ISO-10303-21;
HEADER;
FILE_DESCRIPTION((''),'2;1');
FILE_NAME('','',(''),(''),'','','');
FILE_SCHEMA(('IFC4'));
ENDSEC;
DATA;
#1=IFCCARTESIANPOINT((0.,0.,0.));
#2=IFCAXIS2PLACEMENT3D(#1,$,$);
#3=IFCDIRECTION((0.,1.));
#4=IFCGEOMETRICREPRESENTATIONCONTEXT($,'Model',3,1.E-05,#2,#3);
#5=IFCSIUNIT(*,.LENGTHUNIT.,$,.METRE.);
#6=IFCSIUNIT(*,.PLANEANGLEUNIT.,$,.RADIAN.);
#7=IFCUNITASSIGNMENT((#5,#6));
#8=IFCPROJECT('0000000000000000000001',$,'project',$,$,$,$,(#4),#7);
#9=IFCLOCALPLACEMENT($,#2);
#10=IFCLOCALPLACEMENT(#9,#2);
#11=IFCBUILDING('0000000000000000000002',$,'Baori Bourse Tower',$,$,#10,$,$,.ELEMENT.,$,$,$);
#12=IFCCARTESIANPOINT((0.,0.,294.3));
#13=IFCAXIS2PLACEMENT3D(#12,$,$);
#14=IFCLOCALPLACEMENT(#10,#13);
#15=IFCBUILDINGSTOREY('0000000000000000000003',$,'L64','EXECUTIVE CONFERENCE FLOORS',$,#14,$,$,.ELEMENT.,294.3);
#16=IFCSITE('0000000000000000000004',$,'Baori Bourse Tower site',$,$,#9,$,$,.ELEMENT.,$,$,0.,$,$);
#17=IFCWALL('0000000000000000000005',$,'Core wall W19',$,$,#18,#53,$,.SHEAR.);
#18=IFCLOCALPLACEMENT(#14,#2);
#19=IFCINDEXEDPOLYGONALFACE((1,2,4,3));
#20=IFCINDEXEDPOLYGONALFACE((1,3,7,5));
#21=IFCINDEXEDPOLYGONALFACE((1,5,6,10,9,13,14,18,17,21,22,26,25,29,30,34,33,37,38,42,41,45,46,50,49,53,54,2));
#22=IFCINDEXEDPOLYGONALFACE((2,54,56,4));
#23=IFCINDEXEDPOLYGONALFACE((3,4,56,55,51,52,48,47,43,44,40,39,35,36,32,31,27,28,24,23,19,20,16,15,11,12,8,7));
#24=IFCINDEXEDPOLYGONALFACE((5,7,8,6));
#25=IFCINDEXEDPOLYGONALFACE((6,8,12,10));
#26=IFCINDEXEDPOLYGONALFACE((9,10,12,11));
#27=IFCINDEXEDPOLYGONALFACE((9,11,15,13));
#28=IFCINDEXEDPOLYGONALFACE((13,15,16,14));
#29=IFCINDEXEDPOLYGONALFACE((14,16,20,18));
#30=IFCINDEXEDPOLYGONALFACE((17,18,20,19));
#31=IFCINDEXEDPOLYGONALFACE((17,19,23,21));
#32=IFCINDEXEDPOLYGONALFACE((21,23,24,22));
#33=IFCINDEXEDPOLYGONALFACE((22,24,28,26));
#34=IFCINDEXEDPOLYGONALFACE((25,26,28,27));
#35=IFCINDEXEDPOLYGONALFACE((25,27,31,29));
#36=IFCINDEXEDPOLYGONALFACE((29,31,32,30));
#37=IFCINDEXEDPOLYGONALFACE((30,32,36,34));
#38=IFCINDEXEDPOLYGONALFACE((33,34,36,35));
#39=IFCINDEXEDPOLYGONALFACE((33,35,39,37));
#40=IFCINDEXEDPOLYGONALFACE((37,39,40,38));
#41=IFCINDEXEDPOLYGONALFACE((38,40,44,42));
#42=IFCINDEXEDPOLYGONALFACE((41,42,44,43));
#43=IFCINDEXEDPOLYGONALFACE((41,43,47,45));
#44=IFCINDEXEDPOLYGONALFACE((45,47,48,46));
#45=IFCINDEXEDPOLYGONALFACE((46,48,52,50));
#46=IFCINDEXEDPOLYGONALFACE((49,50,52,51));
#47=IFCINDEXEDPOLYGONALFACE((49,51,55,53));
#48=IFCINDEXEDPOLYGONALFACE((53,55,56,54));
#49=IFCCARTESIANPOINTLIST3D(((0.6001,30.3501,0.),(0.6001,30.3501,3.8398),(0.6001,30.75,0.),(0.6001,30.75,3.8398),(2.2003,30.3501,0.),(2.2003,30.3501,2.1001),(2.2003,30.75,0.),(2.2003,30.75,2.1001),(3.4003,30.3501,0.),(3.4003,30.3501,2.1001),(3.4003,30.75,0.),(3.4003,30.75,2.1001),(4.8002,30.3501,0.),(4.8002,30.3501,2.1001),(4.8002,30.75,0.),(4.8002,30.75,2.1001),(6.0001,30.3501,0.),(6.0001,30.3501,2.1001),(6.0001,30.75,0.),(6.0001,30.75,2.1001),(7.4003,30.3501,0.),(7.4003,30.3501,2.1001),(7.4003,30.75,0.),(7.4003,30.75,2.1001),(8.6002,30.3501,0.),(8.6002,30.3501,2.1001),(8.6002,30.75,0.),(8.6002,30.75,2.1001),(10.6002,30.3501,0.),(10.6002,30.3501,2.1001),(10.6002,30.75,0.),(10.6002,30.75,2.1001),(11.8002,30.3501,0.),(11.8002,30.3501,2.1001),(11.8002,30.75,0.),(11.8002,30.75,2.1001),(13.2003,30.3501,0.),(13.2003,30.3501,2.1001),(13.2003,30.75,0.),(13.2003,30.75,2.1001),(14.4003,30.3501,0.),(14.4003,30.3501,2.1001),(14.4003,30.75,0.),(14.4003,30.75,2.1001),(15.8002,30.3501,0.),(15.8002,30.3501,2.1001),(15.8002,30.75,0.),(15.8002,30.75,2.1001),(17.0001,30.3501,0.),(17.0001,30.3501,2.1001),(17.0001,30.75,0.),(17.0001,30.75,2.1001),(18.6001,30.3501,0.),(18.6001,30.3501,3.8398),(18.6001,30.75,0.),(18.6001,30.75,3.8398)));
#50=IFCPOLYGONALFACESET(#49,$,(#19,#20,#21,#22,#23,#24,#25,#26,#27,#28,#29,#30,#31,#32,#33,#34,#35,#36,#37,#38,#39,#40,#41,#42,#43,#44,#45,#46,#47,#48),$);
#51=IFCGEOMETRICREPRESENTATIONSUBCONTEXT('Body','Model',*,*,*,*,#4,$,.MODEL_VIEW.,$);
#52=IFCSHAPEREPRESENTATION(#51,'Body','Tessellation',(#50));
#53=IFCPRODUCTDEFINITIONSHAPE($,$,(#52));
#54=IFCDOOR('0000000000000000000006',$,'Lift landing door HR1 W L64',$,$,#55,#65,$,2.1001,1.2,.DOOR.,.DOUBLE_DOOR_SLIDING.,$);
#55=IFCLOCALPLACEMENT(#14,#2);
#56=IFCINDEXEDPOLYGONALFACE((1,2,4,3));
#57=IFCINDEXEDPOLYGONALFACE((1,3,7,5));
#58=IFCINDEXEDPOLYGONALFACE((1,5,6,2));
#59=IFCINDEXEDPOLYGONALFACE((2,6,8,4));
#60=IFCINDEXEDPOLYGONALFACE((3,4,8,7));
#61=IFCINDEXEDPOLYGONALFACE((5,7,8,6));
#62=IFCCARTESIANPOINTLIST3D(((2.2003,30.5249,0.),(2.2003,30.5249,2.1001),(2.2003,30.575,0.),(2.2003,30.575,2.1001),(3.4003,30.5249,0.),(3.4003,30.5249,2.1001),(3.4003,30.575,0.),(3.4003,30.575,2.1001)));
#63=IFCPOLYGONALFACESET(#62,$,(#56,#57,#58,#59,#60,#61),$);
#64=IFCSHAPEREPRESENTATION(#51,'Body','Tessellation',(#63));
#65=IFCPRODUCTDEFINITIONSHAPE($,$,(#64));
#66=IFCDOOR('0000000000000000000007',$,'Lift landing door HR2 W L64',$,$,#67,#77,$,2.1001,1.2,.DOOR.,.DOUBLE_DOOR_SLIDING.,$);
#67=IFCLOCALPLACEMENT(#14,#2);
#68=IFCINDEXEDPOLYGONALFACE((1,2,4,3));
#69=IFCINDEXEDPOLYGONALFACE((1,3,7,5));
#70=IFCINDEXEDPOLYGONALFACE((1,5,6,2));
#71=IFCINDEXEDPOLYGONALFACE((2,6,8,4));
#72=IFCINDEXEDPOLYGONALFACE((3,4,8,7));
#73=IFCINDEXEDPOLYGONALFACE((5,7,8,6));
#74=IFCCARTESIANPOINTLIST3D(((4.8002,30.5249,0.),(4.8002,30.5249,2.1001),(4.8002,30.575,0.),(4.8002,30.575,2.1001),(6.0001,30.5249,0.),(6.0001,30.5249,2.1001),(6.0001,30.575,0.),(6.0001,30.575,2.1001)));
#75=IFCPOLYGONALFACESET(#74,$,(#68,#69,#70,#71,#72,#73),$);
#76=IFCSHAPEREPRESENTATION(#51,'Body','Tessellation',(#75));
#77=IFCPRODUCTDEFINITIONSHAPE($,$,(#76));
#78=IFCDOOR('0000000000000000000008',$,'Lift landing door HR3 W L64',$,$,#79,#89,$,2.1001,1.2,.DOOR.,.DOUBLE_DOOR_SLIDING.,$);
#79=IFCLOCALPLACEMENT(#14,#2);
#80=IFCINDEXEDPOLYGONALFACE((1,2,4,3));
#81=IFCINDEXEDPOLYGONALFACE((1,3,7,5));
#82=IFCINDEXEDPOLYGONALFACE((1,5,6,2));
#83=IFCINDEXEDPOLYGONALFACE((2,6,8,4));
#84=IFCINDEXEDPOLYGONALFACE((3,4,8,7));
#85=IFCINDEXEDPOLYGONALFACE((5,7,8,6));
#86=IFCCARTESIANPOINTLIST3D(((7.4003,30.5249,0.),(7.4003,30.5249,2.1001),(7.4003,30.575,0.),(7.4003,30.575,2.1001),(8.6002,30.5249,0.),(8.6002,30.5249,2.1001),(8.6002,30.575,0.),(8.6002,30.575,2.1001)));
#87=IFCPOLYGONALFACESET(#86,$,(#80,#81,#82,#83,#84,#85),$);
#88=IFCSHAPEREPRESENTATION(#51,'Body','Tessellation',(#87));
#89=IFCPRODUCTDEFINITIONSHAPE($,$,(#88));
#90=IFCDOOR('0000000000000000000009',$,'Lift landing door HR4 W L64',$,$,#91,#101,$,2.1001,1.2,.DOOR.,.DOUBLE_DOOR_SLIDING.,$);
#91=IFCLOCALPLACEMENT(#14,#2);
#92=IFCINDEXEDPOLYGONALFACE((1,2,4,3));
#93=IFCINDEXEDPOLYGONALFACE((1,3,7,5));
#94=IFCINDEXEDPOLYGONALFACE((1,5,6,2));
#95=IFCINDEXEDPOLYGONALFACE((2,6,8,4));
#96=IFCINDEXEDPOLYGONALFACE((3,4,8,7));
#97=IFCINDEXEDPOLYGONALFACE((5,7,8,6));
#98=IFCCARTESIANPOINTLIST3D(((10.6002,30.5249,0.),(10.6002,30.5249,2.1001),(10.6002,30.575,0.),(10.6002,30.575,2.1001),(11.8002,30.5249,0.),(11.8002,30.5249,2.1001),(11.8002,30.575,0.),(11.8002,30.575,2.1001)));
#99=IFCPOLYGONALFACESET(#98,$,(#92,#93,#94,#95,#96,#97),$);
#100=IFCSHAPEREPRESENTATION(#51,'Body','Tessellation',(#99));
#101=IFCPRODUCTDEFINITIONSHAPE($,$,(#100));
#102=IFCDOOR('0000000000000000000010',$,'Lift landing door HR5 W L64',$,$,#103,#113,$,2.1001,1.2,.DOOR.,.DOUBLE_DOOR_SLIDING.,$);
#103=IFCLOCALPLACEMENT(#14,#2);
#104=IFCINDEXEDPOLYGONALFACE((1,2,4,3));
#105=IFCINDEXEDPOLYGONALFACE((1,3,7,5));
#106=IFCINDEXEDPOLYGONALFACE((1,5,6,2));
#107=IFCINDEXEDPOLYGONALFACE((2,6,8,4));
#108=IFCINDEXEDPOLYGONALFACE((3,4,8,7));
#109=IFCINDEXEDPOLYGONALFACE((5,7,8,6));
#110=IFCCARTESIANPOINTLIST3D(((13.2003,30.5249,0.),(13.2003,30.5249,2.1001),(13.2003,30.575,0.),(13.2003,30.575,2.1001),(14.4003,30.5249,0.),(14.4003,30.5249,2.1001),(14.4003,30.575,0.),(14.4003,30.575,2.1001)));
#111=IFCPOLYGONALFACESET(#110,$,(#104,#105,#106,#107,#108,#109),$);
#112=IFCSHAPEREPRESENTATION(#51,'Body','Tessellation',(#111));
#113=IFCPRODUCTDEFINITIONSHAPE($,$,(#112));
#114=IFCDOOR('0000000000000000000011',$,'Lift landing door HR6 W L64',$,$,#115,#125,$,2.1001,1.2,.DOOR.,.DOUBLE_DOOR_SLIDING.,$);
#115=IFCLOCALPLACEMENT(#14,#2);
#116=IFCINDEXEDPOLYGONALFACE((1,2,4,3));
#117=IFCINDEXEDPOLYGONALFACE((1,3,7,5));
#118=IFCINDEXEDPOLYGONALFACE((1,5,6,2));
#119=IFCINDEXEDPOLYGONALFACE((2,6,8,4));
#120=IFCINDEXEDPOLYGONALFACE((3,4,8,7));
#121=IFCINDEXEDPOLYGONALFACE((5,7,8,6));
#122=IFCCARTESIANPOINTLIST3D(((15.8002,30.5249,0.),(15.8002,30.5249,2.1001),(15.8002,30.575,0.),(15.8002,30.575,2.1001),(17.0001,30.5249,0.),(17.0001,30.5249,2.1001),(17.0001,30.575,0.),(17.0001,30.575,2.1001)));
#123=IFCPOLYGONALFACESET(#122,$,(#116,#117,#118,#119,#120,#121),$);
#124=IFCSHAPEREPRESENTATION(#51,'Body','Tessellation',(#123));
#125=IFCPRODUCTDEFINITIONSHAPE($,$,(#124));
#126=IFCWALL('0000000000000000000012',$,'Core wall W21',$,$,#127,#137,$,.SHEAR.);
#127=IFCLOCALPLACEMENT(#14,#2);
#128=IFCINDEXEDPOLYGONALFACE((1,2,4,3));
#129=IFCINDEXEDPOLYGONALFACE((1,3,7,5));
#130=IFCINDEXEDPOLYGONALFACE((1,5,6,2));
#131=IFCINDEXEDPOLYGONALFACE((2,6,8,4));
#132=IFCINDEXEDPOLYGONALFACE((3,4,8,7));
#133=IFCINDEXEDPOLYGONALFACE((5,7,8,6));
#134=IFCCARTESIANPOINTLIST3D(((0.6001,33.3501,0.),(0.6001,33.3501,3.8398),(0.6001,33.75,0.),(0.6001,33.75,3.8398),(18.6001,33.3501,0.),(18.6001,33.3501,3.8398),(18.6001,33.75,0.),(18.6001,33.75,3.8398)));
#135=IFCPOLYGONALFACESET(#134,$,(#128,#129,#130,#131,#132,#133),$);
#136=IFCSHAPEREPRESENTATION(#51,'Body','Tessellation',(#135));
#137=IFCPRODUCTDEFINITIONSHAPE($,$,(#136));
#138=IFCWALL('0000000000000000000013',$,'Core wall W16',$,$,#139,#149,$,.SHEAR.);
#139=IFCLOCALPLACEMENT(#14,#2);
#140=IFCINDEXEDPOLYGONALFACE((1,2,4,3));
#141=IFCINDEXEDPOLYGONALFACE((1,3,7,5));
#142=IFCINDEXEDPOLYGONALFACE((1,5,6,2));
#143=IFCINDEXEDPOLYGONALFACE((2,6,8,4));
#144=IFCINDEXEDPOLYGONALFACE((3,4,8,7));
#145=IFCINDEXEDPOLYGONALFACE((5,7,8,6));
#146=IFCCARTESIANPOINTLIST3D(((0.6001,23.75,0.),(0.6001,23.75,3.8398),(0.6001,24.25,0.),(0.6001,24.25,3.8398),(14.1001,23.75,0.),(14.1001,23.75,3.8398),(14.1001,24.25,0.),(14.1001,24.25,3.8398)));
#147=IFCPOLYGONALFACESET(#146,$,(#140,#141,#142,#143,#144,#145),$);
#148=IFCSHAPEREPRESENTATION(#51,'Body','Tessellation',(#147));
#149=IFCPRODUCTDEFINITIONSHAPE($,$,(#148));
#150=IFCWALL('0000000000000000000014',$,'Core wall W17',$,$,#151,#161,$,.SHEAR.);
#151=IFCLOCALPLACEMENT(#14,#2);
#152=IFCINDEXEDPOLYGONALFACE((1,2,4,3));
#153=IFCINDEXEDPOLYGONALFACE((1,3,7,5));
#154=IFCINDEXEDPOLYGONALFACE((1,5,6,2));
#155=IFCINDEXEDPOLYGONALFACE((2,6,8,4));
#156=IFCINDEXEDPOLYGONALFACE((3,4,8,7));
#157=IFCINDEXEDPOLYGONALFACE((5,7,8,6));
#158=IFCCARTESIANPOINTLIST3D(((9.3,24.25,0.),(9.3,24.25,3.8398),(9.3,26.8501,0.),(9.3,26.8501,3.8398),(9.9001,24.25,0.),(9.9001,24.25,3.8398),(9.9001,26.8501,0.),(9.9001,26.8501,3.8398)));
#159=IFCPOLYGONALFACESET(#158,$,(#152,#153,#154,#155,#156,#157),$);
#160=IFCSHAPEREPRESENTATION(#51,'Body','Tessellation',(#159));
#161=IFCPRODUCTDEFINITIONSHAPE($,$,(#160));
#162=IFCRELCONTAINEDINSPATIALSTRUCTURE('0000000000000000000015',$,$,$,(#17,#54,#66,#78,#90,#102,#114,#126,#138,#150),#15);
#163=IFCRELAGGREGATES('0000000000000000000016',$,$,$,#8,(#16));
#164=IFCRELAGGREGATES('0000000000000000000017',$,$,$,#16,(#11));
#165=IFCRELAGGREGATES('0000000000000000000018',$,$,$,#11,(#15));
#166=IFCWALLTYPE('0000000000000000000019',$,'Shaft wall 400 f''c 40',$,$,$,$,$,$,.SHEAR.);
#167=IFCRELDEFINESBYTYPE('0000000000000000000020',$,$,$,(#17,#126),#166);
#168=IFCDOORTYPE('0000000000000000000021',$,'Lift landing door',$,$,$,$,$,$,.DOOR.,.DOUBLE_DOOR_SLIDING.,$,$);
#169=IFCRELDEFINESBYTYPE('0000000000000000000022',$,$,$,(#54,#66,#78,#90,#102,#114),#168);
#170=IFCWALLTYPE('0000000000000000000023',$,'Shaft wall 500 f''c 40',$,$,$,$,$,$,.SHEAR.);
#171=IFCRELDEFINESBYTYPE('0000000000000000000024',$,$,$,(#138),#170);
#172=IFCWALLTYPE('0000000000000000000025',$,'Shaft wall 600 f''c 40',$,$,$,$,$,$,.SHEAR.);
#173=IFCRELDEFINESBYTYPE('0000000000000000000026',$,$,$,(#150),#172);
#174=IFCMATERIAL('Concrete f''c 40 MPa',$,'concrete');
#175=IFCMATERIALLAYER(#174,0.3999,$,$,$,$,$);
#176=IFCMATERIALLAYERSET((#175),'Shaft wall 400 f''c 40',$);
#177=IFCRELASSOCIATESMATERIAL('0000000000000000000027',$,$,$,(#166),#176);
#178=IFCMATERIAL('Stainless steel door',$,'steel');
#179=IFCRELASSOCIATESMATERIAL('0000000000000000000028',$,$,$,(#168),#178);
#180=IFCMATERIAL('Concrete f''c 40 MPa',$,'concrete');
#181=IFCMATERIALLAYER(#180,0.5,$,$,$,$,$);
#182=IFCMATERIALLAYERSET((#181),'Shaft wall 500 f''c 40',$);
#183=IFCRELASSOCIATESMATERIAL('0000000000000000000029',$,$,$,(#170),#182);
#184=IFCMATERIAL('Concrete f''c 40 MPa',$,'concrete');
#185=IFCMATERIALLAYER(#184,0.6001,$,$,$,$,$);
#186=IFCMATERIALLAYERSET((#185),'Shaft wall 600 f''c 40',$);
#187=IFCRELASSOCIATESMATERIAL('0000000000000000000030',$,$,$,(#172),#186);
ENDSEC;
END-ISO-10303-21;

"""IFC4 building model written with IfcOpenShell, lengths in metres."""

from ifc_helpers import new_model, si_unit, direction, frame, frame_2d, origin, place, context, subcontext, project, spatial, rectangle, extrude, material, layer, layer_set, type_object, element, fill, save


model = new_model("IFC4")

# Units and contexts
model_context = context("Model", 3, precision=1e-05, world=origin(), true_north=direction((0.0, 1.0)))
body_context = subcontext(model_context, "Body", "Model", "MODEL_VIEW")
ifc_project = project(units=[si_unit("LENGTHUNIT", "METRE"), si_unit("PLANEANGLEUNIT", "RADIAN")], contexts=[model_context])

# Site, building, storey
site_placement = place(None, origin())
site = spatial("IfcSite", under=ifc_project, at=site_placement, Name="Baori Bourse Tower site", CompositionType="ELEMENT", RefElevation=0.0)
building_placement = place(site_placement, origin())
building = spatial("IfcBuilding", under=site, at=building_placement, Name="Baori Bourse Tower", CompositionType="ELEMENT")
storey_placement = place(building_placement, frame((0.0, 0.0, 294.3)))
storey = spatial("IfcBuildingStorey", under=building, at=storey_placement, Name="L64", Description="EXECUTIVE CONFERENCE FLOORS", CompositionType="ELEMENT", Elevation=294.3)

# Wall, openings, doors
ifc_material_1 = material(Name="Concrete f'c 40 MPa", Category="concrete")
ifc_layer_1 = layer(ifc_material_1, 0.3999)
ifc_layer_set_1 = layer_set([ifc_layer_1], Name="Shaft wall 400 f'c 40")
wall_type_1 = type_object("IfcWallType", Name="Shaft wall 400 f'c 40", PredefinedType="SHEAR", material=ifc_layer_set_1)
ifc_material_2 = material(Name="Stainless steel door", Category="steel")
door_type_1 = type_object("IfcDoorType", Name="Lift landing door", OperationType="DOUBLE_DOOR_SLIDING", PredefinedType="DOOR", material=ifc_material_2)
wall_1_placement = place(storey_placement, frame((0.6001, 30.55, 0.0), z_axis=(0.0, 0.0, 1.0), x_axis=(1.0, 0.0, 0.0)))
wall_1 = element("IfcWall", 1, at=wall_1_placement, inside=storey, type_object=wall_type_1, Name="Core wall W19", PredefinedType="SHEAR", context=body_context, shape_type="SweptSolid", body=[
    extrude(rectangle(XDim=18.0, YDim=0.3999, at=frame_2d((9.0, 0.0))), origin(), (0.0, 0.0, 1.0), 3.8398),
])
opening_1_placement = place(wall_1_placement, frame((1.6001, 0.0, 0.0)))
opening_1 = element("IfcOpeningElement", 2, at=opening_1_placement, cuts=wall_1, PredefinedType="OPENING", context=body_context, shape_type="SweptSolid", body=[
    extrude(rectangle(XDim=1.2, YDim=2.1001, at=frame_2d((0.6001, 1.05))), frame((0.0, 0.21, 0.0), z_axis=(0.0, -1.0, 0.0), x_axis=(1.0, 0.0, 0.0)), (0.0, 0.0, 1.0), 0.4199),
])
opening_2_placement = place(wall_1_placement, frame((4.2, 0.0, 0.0)))
opening_2 = element("IfcOpeningElement", 3, at=opening_2_placement, cuts=wall_1, PredefinedType="OPENING", context=body_context, shape_type="SweptSolid", body=[
    extrude(rectangle(XDim=1.2, YDim=2.1001, at=frame_2d((0.6001, 1.05))), frame((0.0, 0.21, 0.0), z_axis=(0.0, -1.0, 0.0), x_axis=(1.0, 0.0, 0.0)), (0.0, 0.0, 1.0), 0.4199),
])
opening_3_placement = place(wall_1_placement, frame((6.8, 0.0, 0.0)))
opening_3 = element("IfcOpeningElement", 4, at=opening_3_placement, cuts=wall_1, PredefinedType="OPENING", context=body_context, shape_type="SweptSolid", body=[
    extrude(rectangle(XDim=1.2, YDim=2.1001, at=frame_2d((0.6001, 1.05))), frame((0.0, 0.21, 0.0), z_axis=(0.0, -1.0, 0.0), x_axis=(1.0, 0.0, 0.0)), (0.0, 0.0, 1.0), 0.4199),
])
opening_4_placement = place(wall_1_placement, frame((10.0, 0.0, 0.0)))
opening_4 = element("IfcOpeningElement", 5, at=opening_4_placement, cuts=wall_1, PredefinedType="OPENING", context=body_context, shape_type="SweptSolid", body=[
    extrude(rectangle(XDim=1.2, YDim=2.1001, at=frame_2d((0.6001, 1.05))), frame((0.0, 0.21, 0.0), z_axis=(0.0, -1.0, 0.0), x_axis=(1.0, 0.0, 0.0)), (0.0, 0.0, 1.0), 0.4199),
])
opening_5_placement = place(wall_1_placement, frame((12.6001, 0.0, 0.0)))
opening_5 = element("IfcOpeningElement", 6, at=opening_5_placement, cuts=wall_1, PredefinedType="OPENING", context=body_context, shape_type="SweptSolid", body=[
    extrude(rectangle(XDim=1.2, YDim=2.1001, at=frame_2d((0.6001, 1.05))), frame((0.0, 0.21, 0.0), z_axis=(0.0, -1.0, 0.0), x_axis=(1.0, 0.0, 0.0)), (0.0, 0.0, 1.0), 0.4199),
])
opening_6_placement = place(wall_1_placement, frame((15.2, 0.0, 0.0)))
opening_6 = element("IfcOpeningElement", 7, at=opening_6_placement, cuts=wall_1, PredefinedType="OPENING", context=body_context, shape_type="SweptSolid", body=[
    extrude(rectangle(XDim=1.2, YDim=2.1001, at=frame_2d((0.6001, 1.05))), frame((0.0, 0.21, 0.0), z_axis=(0.0, -1.0, 0.0), x_axis=(1.0, 0.0, 0.0)), (0.0, 0.0, 1.0), 0.4199),
])
door_1_placement = place(opening_1_placement, origin())
door_1 = element("IfcDoor", 8, at=door_1_placement, inside=storey, type_object=door_type_1, Name="Lift landing door HR1 W L64", OperationType="DOUBLE_DOOR_SLIDING", OverallHeight=2.1001, OverallWidth=1.2, PredefinedType="DOOR", context=body_context, shape_type="SweptSolid", body=[
    extrude(rectangle(XDim=1.2, YDim=2.1001, at=frame_2d((0.6001, 1.05))), frame((0.0, 0.0249, 0.0), z_axis=(0.0, -1.0, 0.0), x_axis=(1.0, 0.0, 0.0)), (0.0, 0.0, 1.0), 0.05),
])
fill(opening_1, door_1)
door_2_placement = place(opening_2_placement, origin())
door_2 = element("IfcDoor", 9, at=door_2_placement, inside=storey, type_object=door_type_1, Name="Lift landing door HR2 W L64", OperationType="DOUBLE_DOOR_SLIDING", OverallHeight=2.1001, OverallWidth=1.2, PredefinedType="DOOR", context=body_context, shape_type="SweptSolid", body=[
    extrude(rectangle(XDim=1.2, YDim=2.1001, at=frame_2d((0.6001, 1.05))), frame((0.0, 0.0249, 0.0), z_axis=(0.0, -1.0, 0.0), x_axis=(1.0, 0.0, 0.0)), (0.0, 0.0, 1.0), 0.05),
])
fill(opening_2, door_2)
door_3_placement = place(opening_3_placement, origin())
door_3 = element("IfcDoor", 10, at=door_3_placement, inside=storey, type_object=door_type_1, Name="Lift landing door HR3 W L64", OperationType="DOUBLE_DOOR_SLIDING", OverallHeight=2.1001, OverallWidth=1.2, PredefinedType="DOOR", context=body_context, shape_type="SweptSolid", body=[
    extrude(rectangle(XDim=1.2, YDim=2.1001, at=frame_2d((0.6001, 1.05))), frame((0.0, 0.0249, 0.0), z_axis=(0.0, -1.0, 0.0), x_axis=(1.0, 0.0, 0.0)), (0.0, 0.0, 1.0), 0.05),
])
fill(opening_3, door_3)
door_4_placement = place(opening_4_placement, origin())
door_4 = element("IfcDoor", 11, at=door_4_placement, inside=storey, type_object=door_type_1, Name="Lift landing door HR4 W L64", OperationType="DOUBLE_DOOR_SLIDING", OverallHeight=2.1001, OverallWidth=1.2, PredefinedType="DOOR", context=body_context, shape_type="SweptSolid", body=[
    extrude(rectangle(XDim=1.2, YDim=2.1001, at=frame_2d((0.6001, 1.05))), frame((0.0, 0.0249, 0.0), z_axis=(0.0, -1.0, 0.0), x_axis=(1.0, 0.0, 0.0)), (0.0, 0.0, 1.0), 0.05),
])
fill(opening_4, door_4)
door_5_placement = place(opening_5_placement, origin())
door_5 = element("IfcDoor", 12, at=door_5_placement, inside=storey, type_object=door_type_1, Name="Lift landing door HR5 W L64", OperationType="DOUBLE_DOOR_SLIDING", OverallHeight=2.1001, OverallWidth=1.2, PredefinedType="DOOR", context=body_context, shape_type="SweptSolid", body=[
    extrude(rectangle(XDim=1.2, YDim=2.1001, at=frame_2d((0.6001, 1.05))), frame((0.0, 0.0249, 0.0), z_axis=(0.0, -1.0, 0.0), x_axis=(1.0, 0.0, 0.0)), (0.0, 0.0, 1.0), 0.05),
])
fill(opening_5, door_5)
door_6_placement = place(opening_6_placement, origin())
door_6 = element("IfcDoor", 13, at=door_6_placement, inside=storey, type_object=door_type_1, Name="Lift landing door HR6 W L64", OperationType="DOUBLE_DOOR_SLIDING", OverallHeight=2.1001, OverallWidth=1.2, PredefinedType="DOOR", context=body_context, shape_type="SweptSolid", body=[
    extrude(rectangle(XDim=1.2, YDim=2.1001, at=frame_2d((0.6001, 1.05))), frame((0.0, 0.0249, 0.0), z_axis=(0.0, -1.0, 0.0), x_axis=(1.0, 0.0, 0.0)), (0.0, 0.0, 1.0), 0.05),
])
fill(opening_6, door_6)

# Walls
wall_2_placement = place(storey_placement, frame((0.6001, 33.55, 0.0), z_axis=(0.0, 0.0, 1.0), x_axis=(1.0, 0.0, 0.0)))
element("IfcWall", 14, at=wall_2_placement, inside=storey, type_object=wall_type_1, Name="Core wall W21", PredefinedType="SHEAR", context=body_context, shape_type="SweptSolid", body=[
    extrude(rectangle(XDim=18.0, YDim=0.3999, at=frame_2d((9.0, 0.0))), origin(), (0.0, 0.0, 1.0), 3.8398),
])
ifc_material_3 = material(Name="Concrete f'c 40 MPa", Category="concrete")
ifc_layer_2 = layer(ifc_material_3, 0.5)
ifc_layer_set_2 = layer_set([ifc_layer_2], Name="Shaft wall 500 f'c 40")
wall_type_2 = type_object("IfcWallType", Name="Shaft wall 500 f'c 40", PredefinedType="SHEAR", material=ifc_layer_set_2)
wall_3_placement = place(storey_placement, frame((0.6001, 24.0, 0.0), z_axis=(0.0, 0.0, 1.0), x_axis=(1.0, 0.0, 0.0)))
element("IfcWall", 15, at=wall_3_placement, inside=storey, type_object=wall_type_2, Name="Core wall W16", PredefinedType="SHEAR", context=body_context, shape_type="SweptSolid", body=[
    extrude(rectangle(XDim=13.5, YDim=0.5, at=frame_2d((6.75, 0.0))), origin(), (0.0, 0.0, 1.0), 3.8398),
])
ifc_material_4 = material(Name="Concrete f'c 40 MPa", Category="concrete")
ifc_layer_3 = layer(ifc_material_4, 0.6001)
ifc_layer_set_3 = layer_set([ifc_layer_3], Name="Shaft wall 600 f'c 40")
wall_type_3 = type_object("IfcWallType", Name="Shaft wall 600 f'c 40", PredefinedType="SHEAR", material=ifc_layer_set_3)
for number, where, z_axis, x_axis, name in (
    (16, (9.6001, 24.25, 0.0), (0.0, 0.0, 1.0), (0.0, 1.0, 0.0), "Core wall W17"),
):
    element("IfcWall", number, at=place(storey_placement, frame(where, z_axis=z_axis, x_axis=x_axis)), inside=storey, type_object=wall_type_3, Name=name, PredefinedType="SHEAR", context=body_context, shape_type="SweptSolid", body=[
        extrude(rectangle(XDim=2.6001, YDim=0.6001, at=frame_2d((1.3, 0.0))), origin(), (0.0, 0.0, 1.0), 3.8398),
    ])

save(model, "model.ifc")
